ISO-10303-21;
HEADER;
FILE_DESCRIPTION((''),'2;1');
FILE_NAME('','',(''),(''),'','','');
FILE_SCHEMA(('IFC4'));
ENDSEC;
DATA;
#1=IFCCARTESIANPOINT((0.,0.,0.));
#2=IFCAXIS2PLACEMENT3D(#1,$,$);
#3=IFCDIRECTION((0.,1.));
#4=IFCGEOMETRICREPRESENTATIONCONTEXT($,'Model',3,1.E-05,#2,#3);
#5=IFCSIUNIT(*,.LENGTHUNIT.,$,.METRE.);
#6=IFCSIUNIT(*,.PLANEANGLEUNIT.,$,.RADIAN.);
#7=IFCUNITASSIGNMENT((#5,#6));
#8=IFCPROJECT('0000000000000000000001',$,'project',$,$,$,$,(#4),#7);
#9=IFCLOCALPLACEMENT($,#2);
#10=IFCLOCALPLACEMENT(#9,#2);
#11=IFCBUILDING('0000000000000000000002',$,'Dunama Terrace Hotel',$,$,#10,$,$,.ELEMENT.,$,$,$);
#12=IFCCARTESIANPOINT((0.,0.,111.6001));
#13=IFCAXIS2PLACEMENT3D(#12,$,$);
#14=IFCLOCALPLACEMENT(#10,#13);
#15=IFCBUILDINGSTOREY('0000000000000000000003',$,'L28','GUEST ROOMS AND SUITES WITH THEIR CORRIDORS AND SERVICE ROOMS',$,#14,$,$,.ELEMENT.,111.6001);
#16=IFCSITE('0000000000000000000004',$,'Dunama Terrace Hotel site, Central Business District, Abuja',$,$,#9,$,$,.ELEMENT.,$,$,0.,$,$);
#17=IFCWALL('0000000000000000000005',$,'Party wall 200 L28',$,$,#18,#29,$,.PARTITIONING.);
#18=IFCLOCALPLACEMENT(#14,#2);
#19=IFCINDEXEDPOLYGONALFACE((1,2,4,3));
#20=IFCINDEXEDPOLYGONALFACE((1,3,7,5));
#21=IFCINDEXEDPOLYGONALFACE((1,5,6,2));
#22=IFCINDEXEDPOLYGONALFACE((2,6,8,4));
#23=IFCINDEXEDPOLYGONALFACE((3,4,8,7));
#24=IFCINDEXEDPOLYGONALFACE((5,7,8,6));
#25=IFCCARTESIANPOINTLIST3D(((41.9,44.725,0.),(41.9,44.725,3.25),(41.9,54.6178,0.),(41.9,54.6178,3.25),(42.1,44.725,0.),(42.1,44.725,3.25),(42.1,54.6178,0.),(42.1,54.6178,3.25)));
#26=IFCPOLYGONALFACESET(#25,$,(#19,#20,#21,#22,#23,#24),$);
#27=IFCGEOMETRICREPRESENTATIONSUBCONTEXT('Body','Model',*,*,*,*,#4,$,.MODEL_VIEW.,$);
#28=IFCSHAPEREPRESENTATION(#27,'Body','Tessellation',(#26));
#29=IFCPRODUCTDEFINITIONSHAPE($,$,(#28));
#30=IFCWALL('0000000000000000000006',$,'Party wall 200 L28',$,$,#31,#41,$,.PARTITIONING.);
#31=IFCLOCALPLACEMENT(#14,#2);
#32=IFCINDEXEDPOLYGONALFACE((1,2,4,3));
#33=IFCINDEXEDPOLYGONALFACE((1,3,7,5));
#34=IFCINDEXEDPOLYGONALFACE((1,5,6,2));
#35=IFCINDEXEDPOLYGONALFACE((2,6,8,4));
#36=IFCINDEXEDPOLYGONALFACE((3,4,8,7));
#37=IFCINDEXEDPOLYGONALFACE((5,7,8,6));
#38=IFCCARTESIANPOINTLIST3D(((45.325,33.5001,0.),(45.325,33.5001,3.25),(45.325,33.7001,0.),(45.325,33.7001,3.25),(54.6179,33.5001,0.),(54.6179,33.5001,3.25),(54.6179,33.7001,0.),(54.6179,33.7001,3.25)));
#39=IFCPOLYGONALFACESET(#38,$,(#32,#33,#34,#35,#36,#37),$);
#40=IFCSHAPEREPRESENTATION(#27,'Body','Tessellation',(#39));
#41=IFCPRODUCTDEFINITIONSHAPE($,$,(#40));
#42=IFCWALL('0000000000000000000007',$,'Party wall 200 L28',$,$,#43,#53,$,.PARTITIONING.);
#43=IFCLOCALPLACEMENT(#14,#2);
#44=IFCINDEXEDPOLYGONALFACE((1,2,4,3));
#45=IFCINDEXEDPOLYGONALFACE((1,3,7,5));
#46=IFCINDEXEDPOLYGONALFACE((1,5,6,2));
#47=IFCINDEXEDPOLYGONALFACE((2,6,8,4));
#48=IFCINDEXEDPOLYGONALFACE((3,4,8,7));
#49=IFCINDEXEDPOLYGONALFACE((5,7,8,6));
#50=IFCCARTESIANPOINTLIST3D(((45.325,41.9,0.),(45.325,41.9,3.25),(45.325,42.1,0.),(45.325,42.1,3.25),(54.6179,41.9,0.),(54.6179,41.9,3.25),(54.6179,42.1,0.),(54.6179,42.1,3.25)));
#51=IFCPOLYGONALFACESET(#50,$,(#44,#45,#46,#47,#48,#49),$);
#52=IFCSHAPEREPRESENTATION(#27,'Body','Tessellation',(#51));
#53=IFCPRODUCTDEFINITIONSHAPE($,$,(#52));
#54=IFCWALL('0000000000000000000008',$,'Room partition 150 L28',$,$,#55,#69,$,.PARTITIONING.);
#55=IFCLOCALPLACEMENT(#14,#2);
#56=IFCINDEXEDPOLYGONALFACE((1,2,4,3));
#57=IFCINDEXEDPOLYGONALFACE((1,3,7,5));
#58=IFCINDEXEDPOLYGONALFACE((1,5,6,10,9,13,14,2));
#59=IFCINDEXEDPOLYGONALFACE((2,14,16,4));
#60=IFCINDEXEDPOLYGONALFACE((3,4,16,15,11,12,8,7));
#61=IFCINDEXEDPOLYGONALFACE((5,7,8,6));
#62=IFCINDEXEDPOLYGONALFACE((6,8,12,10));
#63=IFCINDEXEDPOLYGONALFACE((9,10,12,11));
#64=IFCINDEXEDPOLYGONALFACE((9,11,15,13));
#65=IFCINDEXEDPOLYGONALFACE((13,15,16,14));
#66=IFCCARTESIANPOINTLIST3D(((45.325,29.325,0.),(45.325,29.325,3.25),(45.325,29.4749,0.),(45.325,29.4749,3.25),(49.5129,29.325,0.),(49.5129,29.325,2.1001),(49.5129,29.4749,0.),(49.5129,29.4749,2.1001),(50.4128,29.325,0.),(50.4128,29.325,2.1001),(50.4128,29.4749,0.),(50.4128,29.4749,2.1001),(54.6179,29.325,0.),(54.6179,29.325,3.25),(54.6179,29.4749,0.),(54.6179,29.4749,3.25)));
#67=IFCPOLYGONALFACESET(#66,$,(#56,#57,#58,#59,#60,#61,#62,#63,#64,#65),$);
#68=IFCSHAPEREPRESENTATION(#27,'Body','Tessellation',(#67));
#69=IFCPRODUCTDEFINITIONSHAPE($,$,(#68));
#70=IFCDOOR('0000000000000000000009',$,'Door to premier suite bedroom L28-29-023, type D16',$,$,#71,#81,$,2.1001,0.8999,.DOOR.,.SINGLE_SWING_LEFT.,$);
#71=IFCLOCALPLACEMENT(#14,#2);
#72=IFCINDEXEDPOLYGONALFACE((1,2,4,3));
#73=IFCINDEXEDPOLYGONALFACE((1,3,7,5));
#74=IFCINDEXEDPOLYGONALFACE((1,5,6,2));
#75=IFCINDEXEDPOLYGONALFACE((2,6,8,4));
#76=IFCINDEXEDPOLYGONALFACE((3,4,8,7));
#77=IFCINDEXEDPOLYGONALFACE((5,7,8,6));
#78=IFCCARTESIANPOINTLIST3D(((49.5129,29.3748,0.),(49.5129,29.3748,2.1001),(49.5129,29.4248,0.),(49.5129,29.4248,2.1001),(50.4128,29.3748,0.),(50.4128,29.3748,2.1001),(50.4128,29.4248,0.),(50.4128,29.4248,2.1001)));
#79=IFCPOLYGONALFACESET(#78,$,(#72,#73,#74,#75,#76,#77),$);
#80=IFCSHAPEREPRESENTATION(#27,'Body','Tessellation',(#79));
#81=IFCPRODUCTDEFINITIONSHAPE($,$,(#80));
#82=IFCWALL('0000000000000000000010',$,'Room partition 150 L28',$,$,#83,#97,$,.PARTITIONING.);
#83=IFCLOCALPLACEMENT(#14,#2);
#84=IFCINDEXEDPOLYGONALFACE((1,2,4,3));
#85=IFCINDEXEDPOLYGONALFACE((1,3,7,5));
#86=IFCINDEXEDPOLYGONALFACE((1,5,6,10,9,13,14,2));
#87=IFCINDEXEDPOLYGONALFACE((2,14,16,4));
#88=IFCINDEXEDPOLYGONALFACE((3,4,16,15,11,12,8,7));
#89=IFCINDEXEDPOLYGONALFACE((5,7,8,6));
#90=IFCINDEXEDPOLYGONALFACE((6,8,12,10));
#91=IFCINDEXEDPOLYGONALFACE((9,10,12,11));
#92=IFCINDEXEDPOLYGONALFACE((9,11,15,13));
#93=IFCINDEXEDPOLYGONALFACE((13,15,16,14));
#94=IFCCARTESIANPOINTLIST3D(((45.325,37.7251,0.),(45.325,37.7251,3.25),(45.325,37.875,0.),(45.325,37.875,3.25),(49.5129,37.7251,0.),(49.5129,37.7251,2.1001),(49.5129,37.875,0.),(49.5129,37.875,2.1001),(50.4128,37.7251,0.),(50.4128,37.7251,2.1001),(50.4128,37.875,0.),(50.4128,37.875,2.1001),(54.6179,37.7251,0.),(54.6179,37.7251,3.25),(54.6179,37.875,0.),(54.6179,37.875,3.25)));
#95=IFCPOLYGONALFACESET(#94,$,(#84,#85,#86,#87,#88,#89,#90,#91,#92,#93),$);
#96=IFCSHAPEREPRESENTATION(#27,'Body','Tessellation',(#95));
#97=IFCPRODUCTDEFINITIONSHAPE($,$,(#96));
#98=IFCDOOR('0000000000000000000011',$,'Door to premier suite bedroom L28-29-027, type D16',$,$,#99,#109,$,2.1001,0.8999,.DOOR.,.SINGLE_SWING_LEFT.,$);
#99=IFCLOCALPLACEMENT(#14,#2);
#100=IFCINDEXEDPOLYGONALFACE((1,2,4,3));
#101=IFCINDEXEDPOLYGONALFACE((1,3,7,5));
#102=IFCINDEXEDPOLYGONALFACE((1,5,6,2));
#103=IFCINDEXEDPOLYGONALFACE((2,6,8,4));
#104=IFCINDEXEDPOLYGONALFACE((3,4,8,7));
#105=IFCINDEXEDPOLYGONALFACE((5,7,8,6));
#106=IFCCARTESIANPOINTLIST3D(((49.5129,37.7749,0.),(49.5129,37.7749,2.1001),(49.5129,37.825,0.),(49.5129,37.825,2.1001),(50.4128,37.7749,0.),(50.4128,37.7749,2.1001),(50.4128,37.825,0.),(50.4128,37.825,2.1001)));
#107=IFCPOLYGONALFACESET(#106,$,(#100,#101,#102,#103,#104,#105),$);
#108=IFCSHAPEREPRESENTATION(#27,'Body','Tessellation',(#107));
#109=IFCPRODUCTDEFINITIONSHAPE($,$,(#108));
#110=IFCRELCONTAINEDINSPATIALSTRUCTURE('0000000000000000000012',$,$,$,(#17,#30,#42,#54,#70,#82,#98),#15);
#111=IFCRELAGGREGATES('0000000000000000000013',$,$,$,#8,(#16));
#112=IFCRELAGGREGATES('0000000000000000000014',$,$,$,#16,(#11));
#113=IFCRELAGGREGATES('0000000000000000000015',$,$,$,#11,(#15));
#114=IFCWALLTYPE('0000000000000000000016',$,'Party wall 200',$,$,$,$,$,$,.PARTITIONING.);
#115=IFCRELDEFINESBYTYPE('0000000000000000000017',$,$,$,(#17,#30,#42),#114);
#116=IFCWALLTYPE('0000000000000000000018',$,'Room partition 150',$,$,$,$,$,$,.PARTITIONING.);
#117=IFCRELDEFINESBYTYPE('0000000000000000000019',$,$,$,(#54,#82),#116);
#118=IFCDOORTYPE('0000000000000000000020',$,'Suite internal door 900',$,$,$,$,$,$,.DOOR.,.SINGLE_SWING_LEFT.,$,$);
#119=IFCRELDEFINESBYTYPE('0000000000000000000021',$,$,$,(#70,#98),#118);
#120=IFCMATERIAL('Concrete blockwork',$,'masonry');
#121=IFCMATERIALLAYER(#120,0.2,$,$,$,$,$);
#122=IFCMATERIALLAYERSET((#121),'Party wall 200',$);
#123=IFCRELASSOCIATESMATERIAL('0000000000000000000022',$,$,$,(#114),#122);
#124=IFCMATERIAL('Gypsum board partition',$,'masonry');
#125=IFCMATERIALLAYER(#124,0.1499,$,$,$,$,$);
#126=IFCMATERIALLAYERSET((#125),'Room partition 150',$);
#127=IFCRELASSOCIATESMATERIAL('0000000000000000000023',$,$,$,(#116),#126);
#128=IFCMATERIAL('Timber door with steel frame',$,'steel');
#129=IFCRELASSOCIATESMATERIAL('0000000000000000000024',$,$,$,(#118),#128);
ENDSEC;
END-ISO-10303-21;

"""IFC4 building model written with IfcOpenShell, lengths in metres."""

from ifc_helpers import new_model, si_unit, direction, frame, frame_2d, origin, place, context, subcontext, project, spatial, rectangle, extrude, material, layer, layer_set, type_object, element, fill, save


model = new_model("IFC4")

# Units and contexts
model_context = context("Model", 3, precision=1e-05, world=origin(), true_north=direction((0.0, 1.0)))
body_context = subcontext(model_context, "Body", "Model", "MODEL_VIEW")
ifc_project = project(units=[si_unit("LENGTHUNIT", "METRE"), si_unit("PLANEANGLEUNIT", "RADIAN")], contexts=[model_context])

# Site, building, storey
site_placement = place(None, origin())
site = spatial("IfcSite", under=ifc_project, at=site_placement, Name="Dunama Terrace Hotel site, Central Business District, Abuja", CompositionType="ELEMENT", RefElevation=0.0)
building_placement = place(site_placement, origin())
building = spatial("IfcBuilding", under=site, at=building_placement, Name="Dunama Terrace Hotel", CompositionType="ELEMENT")
storey_placement = place(building_placement, frame((0.0, 0.0, 111.6001)))
storey = spatial("IfcBuildingStorey", under=building, at=storey_placement, Name="L28", Description="GUEST ROOMS AND SUITES WITH THEIR CORRIDORS AND SERVICE ROOMS", CompositionType="ELEMENT", Elevation=111.6001)

# Walls
ifc_material_1 = material(Name="Concrete blockwork", Category="masonry")
ifc_layer_1 = layer(ifc_material_1, 0.2)
ifc_layer_set_1 = layer_set([ifc_layer_1], Name="Party wall 200")
wall_type_1 = type_object("IfcWallType", Name="Party wall 200", PredefinedType="PARTITIONING", material=ifc_layer_set_1)
wall_1_placement = place(storey_placement, frame((42.0, 44.7251, 0.0), z_axis=(0.0, 0.0, 1.0), x_axis=(0.0, 1.0, 0.0)))
element("IfcWall", 1, at=wall_1_placement, inside=storey, type_object=wall_type_1, Name="Party wall 200 L28", PredefinedType="PARTITIONING", context=body_context, shape_type="SweptSolid", body=[
    extrude(rectangle(XDim=9.8928, YDim=0.2, at=frame_2d((4.9463, 0.0))), origin(), (0.0, 0.0, 1.0), 3.25),
])
for number, where, z_axis, x_axis, name in (
    (2, (45.325, 33.6001, 0.0), (0.0, 0.0, 1.0), (1.0, 0.0, 0.0), "Party wall 200 L28"),
    (3, (45.325, 42.0, 0.0), (0.0, 0.0, 1.0), (1.0, 0.0, 0.0), "Party wall 200 L28"),
):
    element("IfcWall", number, at=place(storey_placement, frame(where, z_axis=z_axis, x_axis=x_axis)), inside=storey, type_object=wall_type_1, Name=name, PredefinedType="PARTITIONING", context=body_context, shape_type="SweptSolid", body=[
        extrude(rectangle(XDim=9.293, YDim=0.2, at=frame_2d((4.6465, 0.0))), origin(), (0.0, 0.0, 1.0), 3.25),
    ])

# Walls, openings, doors
ifc_material_2 = material(Name="Gypsum board partition", Category="masonry")
ifc_layer_2 = layer(ifc_material_2, 0.1499)
ifc_layer_set_2 = layer_set([ifc_layer_2], Name="Room partition 150")
wall_type_2 = type_object("IfcWallType", Name="Room partition 150", PredefinedType="PARTITIONING", material=ifc_layer_set_2)
wall_2_placement = place(storey_placement, frame((45.325, 29.3999, 0.0), z_axis=(0.0, 0.0, 1.0), x_axis=(1.0, 0.0, 0.0)))
wall_2 = element("IfcWall", 4, at=wall_2_placement, inside=storey, type_object=wall_type_2, Name="Room partition 150 L28", PredefinedType="PARTITIONING", context=body_context, shape_type="SweptSolid", body=[
    extrude(rectangle(XDim=9.293, YDim=0.1499, at=frame_2d((4.6465, 0.0))), origin(), (0.0, 0.0, 1.0), 3.25),
])
opening_1_placement = place(wall_2_placement, frame((4.188, 0.0, 0.0)))
opening_1 = element("IfcOpeningElement", 5, at=opening_1_placement, cuts=wall_2, PredefinedType="OPENING", context=body_context, shape_type="SweptSolid", body=[
    extrude(rectangle(XDim=0.8999, YDim=2.1001, at=frame_2d((0.45, 1.05))), frame((0.0, 0.085, 0.0), z_axis=(0.0, -1.0, 0.0), x_axis=(1.0, 0.0, 0.0)), (0.0, 0.0, 1.0), 0.1699),
])
ifc_material_3 = material(Name="Timber door with steel frame", Category="steel")
door_type_1 = type_object("IfcDoorType", Name="Suite internal door 900", OperationType="SINGLE_SWING_LEFT", PredefinedType="DOOR", material=ifc_material_3)
door_1_placement = place(opening_1_placement, origin())
door_1 = element("IfcDoor", 6, at=door_1_placement, inside=storey, type_object=door_type_1, Name="Door to premier suite bedroom L28-29-023, type D16", OperationType="SINGLE_SWING_LEFT", OverallHeight=2.1001, OverallWidth=0.8999, PredefinedType="DOOR", context=body_context, shape_type="SweptSolid", body=[
    extrude(rectangle(XDim=0.8999, YDim=2.1001, at=frame_2d((0.45, 1.05))), frame((0.0, 0.0249, 0.0), z_axis=(0.0, -1.0, 0.0), x_axis=(1.0, 0.0, 0.0)), (0.0, 0.0, 1.0), 0.05),
])
fill(opening_1, door_1)
wall_3_placement = place(storey_placement, frame((45.325, 37.8, 0.0), z_axis=(0.0, 0.0, 1.0), x_axis=(1.0, 0.0, 0.0)))
wall_3 = element("IfcWall", 7, at=wall_3_placement, inside=storey, type_object=wall_type_2, Name="Room partition 150 L28", PredefinedType="PARTITIONING", context=body_context, shape_type="SweptSolid", body=[
    extrude(rectangle(XDim=9.293, YDim=0.1499, at=frame_2d((4.6465, 0.0))), origin(), (0.0, 0.0, 1.0), 3.25),
])
opening_2_placement = place(wall_3_placement, frame((4.188, 0.0, 0.0)))
opening_2 = element("IfcOpeningElement", 8, at=opening_2_placement, cuts=wall_3, PredefinedType="OPENING", context=body_context, shape_type="SweptSolid", body=[
    extrude(rectangle(XDim=0.8999, YDim=2.1001, at=frame_2d((0.45, 1.05))), frame((0.0, 0.085, 0.0), z_axis=(0.0, -1.0, 0.0), x_axis=(1.0, 0.0, 0.0)), (0.0, 0.0, 1.0), 0.1699),
])
door_2_placement = place(opening_2_placement, origin())
door_2 = element("IfcDoor", 9, at=door_2_placement, inside=storey, type_object=door_type_1, Name="Door to premier suite bedroom L28-29-027, type D16", OperationType="SINGLE_SWING_LEFT", OverallHeight=2.1001, OverallWidth=0.8999, PredefinedType="DOOR", context=body_context, shape_type="SweptSolid", body=[
    extrude(rectangle(XDim=0.8999, YDim=2.1001, at=frame_2d((0.45, 1.05))), frame((0.0, 0.0249, 0.0), z_axis=(0.0, -1.0, 0.0), x_axis=(1.0, 0.0, 0.0)), (0.0, 0.0, 1.0), 0.05),
])
fill(opening_2, door_2)

save(model, "model.ifc")
